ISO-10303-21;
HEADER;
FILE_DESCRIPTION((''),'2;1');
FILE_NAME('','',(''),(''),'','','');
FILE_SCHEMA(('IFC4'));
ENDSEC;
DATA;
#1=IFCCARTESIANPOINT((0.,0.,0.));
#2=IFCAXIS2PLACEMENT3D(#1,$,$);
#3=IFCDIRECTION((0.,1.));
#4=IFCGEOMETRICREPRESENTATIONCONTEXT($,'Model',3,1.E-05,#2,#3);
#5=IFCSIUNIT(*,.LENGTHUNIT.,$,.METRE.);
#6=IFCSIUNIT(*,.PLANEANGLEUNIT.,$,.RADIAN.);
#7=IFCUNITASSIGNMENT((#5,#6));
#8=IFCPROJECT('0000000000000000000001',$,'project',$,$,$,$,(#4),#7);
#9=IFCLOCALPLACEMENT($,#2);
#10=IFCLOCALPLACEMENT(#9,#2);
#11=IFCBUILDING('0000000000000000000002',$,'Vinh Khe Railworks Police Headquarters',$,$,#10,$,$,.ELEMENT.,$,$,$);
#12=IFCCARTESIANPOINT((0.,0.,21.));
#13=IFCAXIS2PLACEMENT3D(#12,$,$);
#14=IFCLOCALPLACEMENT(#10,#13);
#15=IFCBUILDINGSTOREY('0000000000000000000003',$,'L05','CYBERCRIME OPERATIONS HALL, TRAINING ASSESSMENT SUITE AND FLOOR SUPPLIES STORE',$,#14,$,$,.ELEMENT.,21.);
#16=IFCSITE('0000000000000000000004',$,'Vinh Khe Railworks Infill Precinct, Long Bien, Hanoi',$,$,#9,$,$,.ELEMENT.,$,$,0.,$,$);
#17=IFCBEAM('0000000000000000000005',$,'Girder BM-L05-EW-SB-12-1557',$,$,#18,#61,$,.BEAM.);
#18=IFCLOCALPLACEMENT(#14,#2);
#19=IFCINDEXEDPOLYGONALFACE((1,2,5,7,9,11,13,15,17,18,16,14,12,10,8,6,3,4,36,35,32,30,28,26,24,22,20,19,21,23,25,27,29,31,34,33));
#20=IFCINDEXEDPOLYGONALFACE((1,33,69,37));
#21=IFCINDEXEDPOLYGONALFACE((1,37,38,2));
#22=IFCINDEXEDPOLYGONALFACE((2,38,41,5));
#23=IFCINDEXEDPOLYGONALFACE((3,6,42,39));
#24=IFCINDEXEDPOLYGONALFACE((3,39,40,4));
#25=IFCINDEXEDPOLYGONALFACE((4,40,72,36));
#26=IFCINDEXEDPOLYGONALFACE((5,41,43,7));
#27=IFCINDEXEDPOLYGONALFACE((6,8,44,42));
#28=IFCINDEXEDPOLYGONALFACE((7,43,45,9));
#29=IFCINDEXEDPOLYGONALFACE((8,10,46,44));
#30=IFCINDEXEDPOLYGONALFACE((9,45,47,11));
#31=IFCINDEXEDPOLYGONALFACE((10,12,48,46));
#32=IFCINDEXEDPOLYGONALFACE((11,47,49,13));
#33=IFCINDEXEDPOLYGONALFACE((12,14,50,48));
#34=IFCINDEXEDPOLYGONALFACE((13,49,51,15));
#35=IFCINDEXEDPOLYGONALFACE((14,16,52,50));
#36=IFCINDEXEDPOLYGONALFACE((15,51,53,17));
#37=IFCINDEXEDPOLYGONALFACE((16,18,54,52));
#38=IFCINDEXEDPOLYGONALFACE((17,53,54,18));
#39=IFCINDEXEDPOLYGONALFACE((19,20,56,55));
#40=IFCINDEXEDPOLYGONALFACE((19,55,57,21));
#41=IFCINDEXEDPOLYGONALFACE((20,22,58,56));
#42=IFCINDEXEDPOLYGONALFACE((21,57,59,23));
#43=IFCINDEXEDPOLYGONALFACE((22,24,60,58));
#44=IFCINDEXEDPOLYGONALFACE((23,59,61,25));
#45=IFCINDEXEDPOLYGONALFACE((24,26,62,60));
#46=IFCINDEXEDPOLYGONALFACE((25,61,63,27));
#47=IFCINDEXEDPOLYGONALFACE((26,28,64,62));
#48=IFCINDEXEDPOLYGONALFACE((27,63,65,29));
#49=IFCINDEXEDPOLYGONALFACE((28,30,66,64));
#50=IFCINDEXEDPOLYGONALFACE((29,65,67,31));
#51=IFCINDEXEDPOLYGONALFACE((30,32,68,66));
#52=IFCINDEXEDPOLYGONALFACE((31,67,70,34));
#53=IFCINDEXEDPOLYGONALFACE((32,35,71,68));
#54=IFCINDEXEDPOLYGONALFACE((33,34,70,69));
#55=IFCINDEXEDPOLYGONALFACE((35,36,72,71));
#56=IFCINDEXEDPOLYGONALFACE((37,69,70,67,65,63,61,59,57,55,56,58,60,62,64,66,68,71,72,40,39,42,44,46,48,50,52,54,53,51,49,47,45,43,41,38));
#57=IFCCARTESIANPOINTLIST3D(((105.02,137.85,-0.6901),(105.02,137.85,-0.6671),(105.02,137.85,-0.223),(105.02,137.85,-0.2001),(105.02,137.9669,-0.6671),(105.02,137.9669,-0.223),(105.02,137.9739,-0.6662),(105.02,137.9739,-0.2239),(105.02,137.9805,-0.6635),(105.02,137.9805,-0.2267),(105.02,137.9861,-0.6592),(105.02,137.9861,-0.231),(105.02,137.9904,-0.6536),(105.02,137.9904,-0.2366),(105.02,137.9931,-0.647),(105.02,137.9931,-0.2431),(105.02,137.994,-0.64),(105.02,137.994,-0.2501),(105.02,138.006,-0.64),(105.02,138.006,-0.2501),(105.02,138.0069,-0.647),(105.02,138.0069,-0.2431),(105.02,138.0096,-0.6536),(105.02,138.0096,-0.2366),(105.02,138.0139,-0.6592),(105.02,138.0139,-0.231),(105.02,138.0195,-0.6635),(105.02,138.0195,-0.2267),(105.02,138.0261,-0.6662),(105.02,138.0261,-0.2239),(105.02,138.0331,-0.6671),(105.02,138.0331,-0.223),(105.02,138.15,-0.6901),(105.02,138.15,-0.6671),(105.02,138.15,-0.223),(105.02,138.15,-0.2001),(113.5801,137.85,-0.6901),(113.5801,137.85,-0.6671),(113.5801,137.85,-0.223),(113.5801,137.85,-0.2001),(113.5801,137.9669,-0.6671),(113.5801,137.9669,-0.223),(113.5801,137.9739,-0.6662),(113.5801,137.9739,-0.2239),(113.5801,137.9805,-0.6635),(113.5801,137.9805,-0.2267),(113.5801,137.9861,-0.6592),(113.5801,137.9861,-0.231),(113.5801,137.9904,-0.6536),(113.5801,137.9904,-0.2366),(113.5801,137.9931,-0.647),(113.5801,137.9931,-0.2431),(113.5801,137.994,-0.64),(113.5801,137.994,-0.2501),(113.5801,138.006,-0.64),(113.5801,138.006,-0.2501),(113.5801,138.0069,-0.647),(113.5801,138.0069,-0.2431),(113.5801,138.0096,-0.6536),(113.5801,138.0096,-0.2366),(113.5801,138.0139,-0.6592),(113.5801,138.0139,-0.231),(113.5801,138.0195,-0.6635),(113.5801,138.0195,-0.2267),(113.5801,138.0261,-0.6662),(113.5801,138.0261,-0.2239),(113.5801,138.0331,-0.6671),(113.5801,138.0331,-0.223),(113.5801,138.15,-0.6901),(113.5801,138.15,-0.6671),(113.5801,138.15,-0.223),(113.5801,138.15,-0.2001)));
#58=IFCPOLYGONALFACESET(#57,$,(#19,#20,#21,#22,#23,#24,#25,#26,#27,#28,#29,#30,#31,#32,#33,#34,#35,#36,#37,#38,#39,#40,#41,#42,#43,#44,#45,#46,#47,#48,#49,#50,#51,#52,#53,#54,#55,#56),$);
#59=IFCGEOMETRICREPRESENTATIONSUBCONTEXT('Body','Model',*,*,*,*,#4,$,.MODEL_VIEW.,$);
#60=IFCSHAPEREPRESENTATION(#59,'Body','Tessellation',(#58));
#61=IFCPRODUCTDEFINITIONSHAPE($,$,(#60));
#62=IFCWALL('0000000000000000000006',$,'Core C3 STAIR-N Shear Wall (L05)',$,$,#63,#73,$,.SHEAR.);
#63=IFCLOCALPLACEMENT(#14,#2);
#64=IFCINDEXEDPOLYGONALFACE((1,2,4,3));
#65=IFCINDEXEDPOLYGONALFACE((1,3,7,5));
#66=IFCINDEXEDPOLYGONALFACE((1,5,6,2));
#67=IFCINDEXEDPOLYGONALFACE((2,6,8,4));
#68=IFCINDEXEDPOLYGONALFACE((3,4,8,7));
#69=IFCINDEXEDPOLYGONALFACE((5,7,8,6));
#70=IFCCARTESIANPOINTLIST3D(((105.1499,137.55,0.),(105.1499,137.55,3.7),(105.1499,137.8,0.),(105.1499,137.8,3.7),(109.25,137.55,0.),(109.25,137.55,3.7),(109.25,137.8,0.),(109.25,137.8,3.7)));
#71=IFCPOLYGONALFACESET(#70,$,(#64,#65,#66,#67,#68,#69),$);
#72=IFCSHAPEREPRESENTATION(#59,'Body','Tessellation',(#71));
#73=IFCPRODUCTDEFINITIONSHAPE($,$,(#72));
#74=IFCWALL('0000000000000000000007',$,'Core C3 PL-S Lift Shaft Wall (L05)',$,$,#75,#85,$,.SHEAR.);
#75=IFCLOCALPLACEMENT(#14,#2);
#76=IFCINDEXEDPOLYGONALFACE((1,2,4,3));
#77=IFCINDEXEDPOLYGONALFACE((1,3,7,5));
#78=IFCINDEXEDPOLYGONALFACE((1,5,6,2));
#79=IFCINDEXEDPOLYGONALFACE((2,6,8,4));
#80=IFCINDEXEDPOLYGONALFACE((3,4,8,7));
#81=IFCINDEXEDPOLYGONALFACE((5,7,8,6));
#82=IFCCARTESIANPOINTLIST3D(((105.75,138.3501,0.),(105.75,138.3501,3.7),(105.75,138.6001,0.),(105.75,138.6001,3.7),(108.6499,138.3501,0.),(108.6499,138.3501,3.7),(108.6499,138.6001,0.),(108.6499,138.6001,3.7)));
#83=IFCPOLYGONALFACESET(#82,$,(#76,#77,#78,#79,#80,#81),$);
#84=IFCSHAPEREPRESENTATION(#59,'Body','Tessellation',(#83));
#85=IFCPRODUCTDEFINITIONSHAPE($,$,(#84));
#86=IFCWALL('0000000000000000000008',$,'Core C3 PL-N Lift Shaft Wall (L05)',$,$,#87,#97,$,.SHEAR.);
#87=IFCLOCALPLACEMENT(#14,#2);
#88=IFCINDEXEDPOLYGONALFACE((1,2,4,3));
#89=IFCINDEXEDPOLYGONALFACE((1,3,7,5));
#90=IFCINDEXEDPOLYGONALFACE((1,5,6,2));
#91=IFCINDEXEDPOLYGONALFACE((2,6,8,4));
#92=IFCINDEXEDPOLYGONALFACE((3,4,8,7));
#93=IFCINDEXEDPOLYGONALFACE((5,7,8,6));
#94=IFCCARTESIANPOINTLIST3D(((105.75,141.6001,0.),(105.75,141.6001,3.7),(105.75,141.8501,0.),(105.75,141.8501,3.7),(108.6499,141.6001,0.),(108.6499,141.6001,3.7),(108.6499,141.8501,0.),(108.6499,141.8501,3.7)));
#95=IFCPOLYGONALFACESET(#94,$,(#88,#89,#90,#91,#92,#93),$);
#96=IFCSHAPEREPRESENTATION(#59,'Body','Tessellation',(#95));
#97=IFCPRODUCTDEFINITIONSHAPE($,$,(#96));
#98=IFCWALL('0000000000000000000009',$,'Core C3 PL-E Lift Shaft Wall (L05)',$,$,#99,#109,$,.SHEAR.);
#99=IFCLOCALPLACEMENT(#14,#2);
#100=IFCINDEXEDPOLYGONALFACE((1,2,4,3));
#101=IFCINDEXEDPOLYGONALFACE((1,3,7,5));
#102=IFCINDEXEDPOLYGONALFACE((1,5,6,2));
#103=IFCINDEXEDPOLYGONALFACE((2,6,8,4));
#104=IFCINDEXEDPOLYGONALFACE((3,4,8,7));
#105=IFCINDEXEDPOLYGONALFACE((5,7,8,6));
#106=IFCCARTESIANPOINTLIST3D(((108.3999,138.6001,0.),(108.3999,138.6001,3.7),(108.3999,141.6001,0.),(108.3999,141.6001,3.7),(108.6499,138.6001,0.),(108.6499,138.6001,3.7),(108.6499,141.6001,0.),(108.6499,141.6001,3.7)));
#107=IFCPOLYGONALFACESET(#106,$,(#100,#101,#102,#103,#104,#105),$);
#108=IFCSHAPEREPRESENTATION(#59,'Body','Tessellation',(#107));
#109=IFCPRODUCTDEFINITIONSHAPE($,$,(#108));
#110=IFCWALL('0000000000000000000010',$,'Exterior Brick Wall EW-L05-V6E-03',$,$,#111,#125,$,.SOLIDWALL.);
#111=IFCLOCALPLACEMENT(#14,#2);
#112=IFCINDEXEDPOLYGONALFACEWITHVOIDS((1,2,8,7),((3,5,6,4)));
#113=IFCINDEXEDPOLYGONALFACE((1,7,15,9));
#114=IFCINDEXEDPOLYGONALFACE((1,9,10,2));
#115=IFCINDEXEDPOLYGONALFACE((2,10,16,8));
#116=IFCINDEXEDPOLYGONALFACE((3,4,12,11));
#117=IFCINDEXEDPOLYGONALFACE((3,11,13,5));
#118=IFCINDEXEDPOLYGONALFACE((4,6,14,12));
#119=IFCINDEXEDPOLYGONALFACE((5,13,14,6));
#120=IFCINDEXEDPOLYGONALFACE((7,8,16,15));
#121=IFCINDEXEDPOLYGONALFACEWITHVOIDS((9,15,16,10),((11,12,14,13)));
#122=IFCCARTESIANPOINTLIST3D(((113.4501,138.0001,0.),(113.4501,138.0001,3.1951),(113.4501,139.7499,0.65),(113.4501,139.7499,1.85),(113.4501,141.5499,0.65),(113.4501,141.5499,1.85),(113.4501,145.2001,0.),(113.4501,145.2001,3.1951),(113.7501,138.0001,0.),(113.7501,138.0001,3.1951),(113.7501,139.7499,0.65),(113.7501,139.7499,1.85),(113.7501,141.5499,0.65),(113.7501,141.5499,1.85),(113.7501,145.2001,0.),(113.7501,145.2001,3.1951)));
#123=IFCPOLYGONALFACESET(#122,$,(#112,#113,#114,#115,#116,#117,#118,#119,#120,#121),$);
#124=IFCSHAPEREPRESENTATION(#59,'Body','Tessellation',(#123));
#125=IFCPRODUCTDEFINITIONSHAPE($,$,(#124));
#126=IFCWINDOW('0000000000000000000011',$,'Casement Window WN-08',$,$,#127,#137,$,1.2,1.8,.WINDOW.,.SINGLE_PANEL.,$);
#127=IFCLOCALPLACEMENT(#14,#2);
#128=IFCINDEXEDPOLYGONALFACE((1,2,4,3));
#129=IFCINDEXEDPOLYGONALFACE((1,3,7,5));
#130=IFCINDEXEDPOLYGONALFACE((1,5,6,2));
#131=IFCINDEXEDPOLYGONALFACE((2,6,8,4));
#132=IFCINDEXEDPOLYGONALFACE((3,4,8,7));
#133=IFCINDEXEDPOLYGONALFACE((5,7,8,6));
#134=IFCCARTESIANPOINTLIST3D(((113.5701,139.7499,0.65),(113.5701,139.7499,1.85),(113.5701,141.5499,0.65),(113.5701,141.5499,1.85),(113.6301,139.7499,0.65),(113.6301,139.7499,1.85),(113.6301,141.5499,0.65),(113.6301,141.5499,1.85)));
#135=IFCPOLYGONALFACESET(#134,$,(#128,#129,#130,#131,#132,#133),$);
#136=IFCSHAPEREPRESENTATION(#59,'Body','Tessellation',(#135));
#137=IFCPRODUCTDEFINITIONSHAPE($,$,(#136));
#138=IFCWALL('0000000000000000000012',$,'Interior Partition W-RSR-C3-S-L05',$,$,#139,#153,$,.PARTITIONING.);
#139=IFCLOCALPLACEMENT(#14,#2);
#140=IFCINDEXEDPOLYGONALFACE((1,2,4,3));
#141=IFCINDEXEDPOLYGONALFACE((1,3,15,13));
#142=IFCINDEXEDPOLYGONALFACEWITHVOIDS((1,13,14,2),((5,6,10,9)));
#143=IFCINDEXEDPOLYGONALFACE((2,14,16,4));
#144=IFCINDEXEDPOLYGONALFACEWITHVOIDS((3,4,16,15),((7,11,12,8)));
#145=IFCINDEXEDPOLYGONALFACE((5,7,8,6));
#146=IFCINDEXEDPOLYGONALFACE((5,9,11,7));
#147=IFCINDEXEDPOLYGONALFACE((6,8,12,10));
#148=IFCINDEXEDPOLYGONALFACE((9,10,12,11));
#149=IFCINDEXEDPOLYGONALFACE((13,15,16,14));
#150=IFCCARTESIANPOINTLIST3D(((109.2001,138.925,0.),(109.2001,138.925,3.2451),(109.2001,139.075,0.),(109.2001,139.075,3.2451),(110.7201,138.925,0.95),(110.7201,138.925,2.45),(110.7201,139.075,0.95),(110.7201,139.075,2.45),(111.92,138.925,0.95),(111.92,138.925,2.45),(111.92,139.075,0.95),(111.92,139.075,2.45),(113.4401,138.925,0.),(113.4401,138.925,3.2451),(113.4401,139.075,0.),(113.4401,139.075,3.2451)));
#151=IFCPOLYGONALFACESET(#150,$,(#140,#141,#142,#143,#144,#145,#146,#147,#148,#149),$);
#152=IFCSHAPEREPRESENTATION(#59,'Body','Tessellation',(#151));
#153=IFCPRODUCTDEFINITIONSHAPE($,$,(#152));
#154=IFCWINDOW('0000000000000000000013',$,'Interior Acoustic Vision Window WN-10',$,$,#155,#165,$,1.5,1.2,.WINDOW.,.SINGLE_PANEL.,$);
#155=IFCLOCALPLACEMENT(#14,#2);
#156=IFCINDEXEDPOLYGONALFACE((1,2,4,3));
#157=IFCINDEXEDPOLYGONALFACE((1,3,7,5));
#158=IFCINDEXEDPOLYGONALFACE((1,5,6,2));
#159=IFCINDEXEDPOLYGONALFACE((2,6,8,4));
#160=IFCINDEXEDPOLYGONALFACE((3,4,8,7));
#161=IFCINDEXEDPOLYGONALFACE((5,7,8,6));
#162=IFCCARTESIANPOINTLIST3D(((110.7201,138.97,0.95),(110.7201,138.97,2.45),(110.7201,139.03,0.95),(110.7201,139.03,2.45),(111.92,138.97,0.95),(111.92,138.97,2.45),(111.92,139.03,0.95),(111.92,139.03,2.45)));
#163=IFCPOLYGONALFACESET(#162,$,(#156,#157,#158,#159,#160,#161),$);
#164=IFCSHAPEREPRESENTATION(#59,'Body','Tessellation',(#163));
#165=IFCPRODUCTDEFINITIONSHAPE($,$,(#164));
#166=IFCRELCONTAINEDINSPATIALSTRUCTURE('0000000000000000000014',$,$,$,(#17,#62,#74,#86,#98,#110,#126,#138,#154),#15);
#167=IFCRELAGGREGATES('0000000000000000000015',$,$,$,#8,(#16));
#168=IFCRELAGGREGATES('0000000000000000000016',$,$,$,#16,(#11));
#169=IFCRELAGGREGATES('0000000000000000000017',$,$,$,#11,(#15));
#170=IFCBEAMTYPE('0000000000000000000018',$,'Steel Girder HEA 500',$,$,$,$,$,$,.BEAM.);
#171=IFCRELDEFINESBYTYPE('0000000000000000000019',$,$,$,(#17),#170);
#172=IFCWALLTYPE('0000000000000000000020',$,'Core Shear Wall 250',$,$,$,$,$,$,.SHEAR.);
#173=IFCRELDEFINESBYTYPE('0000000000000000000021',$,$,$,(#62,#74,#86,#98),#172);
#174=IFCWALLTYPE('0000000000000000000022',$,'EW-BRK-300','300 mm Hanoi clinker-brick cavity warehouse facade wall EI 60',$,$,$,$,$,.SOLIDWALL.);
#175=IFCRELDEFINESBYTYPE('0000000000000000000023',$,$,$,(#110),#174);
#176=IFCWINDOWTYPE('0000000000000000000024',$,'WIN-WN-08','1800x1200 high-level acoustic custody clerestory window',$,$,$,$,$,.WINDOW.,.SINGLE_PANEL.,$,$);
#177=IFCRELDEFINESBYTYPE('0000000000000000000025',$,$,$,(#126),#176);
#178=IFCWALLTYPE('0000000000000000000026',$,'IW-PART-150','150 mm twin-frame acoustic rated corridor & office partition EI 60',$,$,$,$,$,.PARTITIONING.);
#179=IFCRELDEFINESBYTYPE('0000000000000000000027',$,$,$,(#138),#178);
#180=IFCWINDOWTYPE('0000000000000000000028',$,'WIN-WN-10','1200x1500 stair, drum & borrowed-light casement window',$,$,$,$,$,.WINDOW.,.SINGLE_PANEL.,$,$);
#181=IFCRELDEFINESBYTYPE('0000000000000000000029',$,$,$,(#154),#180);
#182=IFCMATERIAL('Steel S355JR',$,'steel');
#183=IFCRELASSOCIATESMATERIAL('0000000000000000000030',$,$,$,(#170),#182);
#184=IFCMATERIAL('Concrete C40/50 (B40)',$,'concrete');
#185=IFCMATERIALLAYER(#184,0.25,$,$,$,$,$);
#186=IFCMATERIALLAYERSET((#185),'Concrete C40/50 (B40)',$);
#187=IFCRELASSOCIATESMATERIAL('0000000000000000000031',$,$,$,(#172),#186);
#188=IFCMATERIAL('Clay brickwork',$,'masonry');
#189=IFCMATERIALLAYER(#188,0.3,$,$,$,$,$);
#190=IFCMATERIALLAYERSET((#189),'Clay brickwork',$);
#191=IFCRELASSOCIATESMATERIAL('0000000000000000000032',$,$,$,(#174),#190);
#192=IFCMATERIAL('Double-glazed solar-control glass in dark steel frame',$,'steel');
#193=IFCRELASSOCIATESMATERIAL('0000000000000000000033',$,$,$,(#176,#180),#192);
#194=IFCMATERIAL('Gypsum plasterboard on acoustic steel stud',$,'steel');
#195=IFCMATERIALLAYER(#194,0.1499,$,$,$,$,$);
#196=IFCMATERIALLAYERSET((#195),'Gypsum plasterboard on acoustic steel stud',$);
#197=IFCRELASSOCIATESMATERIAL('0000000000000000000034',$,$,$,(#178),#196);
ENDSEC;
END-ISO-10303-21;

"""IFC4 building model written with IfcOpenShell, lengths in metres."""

from ifc_helpers import new_model, si_unit, direction, frame, frame_2d, origin, origin_2d, place, context, subcontext, project, spatial, rectangle, i_section, extrude, material, layer, layer_set, material_profile, profile_set, type_object, element, fill, save


model = new_model("IFC4")

# Units and contexts
model_context = context("Model", 3, precision=1e-05, world=origin(), true_north=direction((0.0, 1.0)))
body_context = subcontext(model_context, "Body", "Model", "MODEL_VIEW")
ifc_project = project(units=[si_unit("LENGTHUNIT", "METRE"), si_unit("PLANEANGLEUNIT", "RADIAN")], contexts=[model_context])

# Site, building, storey
site_placement = place(None, origin())
site = spatial("IfcSite", under=ifc_project, at=site_placement, Name="Vinh Khe Railworks Infill Precinct, Long Bien, Hanoi", CompositionType="ELEMENT", RefElevation=0.0)
building_placement = place(site_placement, origin())
building = spatial("IfcBuilding", under=site, at=building_placement, Name="Vinh Khe Railworks Police Headquarters", CompositionType="ELEMENT")
storey_placement = place(building_placement, frame((0.0, 0.0, 21.0)))
storey = spatial("IfcBuildingStorey", under=building, at=storey_placement, Name="L05", Description="CYBERCRIME OPERATIONS HALL, TRAINING ASSESSMENT SUITE AND FLOOR SUPPLIES STORE", CompositionType="ELEMENT", Elevation=21.0)

# Shared definitions
ifc_material_1 = material(Name="Steel S355JR", Category="steel")

# Beam
ifc_material_profile_1 = material_profile(ifc_material_1, i_section(OverallWidth=0.3, OverallDepth=0.49, WebThickness=0.012, FlangeThickness=0.0229, FilletRadius=0.0271, at=origin_2d()), Name="HEA 500")
ifc_profile_set_1 = profile_set([ifc_material_profile_1], Name="Steel S355JR")
beam_type_1 = type_object("IfcBeamType", Name="Steel Girder HEA 500", PredefinedType="BEAM", material=ifc_profile_set_1)
beam_1_placement = place(storey_placement, frame((105.02, 138.0, -0.4451), z_axis=(1.0, 0.0, 0.0), x_axis=(0.0, 1.0, 0.0)))
element("IfcBeam", 1, at=beam_1_placement, inside=storey, type_object=beam_type_1, Name="Girder BM-L05-EW-SB-12-1557", PredefinedType="BEAM", context=body_context, shape_type="SweptSolid", body=[
    extrude(i_section(OverallWidth=0.3, OverallDepth=0.49, WebThickness=0.012, FlangeThickness=0.0229, FilletRadius=0.0271, at=origin_2d()), origin(), (0.0, 0.0, 1.0), 8.5601),
])

# Walls
ifc_material_2 = material(Name="Concrete C40/50 (B40)", Category="concrete")
ifc_layer_1 = layer(ifc_material_2, 0.25)
ifc_layer_set_1 = layer_set([ifc_layer_1], Name="Concrete C40/50 (B40)")
wall_type_1 = type_object("IfcWallType", Name="Core Shear Wall 250", PredefinedType="SHEAR", material=ifc_layer_set_1)
wall_1_placement = place(storey_placement, frame((105.1499, 137.675, 0.0), z_axis=(0.0, 0.0, 1.0), x_axis=(1.0, 0.0, 0.0)))
element("IfcWall", 2, at=wall_1_placement, inside=storey, type_object=wall_type_1, Name="Core C3 STAIR-N Shear Wall (L05)", PredefinedType="SHEAR", context=body_context, shape_type="SweptSolid", body=[
    extrude(rectangle(XDim=4.1001, YDim=0.25, at=frame_2d((2.05, 0.0))), origin(), (0.0, 0.0, 1.0), 3.7),
])
for number, where, z_axis, x_axis, name in (
    (3, (105.75, 138.4751, 0.0), (0.0, 0.0, 1.0), (1.0, 0.0, 0.0), "Core C3 PL-S Lift Shaft Wall (L05)"),
    (4, (105.75, 141.7251, 0.0), (0.0, 0.0, 1.0), (1.0, 0.0, 0.0), "Core C3 PL-N Lift Shaft Wall (L05)"),
):
    element("IfcWall", number, at=place(storey_placement, frame(where, z_axis=z_axis, x_axis=x_axis)), inside=storey, type_object=wall_type_1, Name=name, PredefinedType="SHEAR", context=body_context, shape_type="SweptSolid", body=[
        extrude(rectangle(XDim=2.8999, YDim=0.25, at=frame_2d((1.45, 0.0))), origin(), (0.0, 0.0, 1.0), 3.7),
    ])

# Wall
wall_2_placement = place(storey_placement, frame((108.5249, 138.6001, 0.0), z_axis=(0.0, 0.0, 1.0), x_axis=(0.0, 1.0, 0.0)))
element("IfcWall", 5, at=wall_2_placement, inside=storey, type_object=wall_type_1, Name="Core C3 PL-E Lift Shaft Wall (L05)", PredefinedType="SHEAR", context=body_context, shape_type="SweptSolid", body=[
    extrude(rectangle(XDim=3.0, YDim=0.25, at=frame_2d((1.5, 0.0))), origin(), (0.0, 0.0, 1.0), 3.7),
])

# Walls, openings, windows
ifc_material_3 = material(Name="Clay brickwork", Category="masonry")
ifc_layer_2 = layer(ifc_material_3, 0.3)
ifc_layer_set_2 = layer_set([ifc_layer_2], Name="Clay brickwork")
wall_type_2 = type_object("IfcWallType", Name="EW-BRK-300", Description="300 mm Hanoi clinker-brick cavity warehouse facade wall EI 60", PredefinedType="SOLIDWALL", material=ifc_layer_set_2)
wall_3_placement = place(storey_placement, frame((113.6001, 138.0, 0.0), z_axis=(0.0, 0.0, 1.0), x_axis=(0.0, 1.0, 0.0)))
wall_3 = element("IfcWall", 6, at=wall_3_placement, inside=storey, type_object=wall_type_2, Name="Exterior Brick Wall EW-L05-V6E-03", PredefinedType="SOLIDWALL", context=body_context, shape_type="SweptSolid", body=[
    extrude(rectangle(XDim=7.2, YDim=0.3, at=frame_2d((3.6001, 0.0))), origin(), (0.0, 0.0, 1.0), 3.1951),
])
opening_1_placement = place(wall_3_placement, frame((1.75, 0.0, 0.6499)))
opening_1 = element("IfcOpeningElement", 7, at=opening_1_placement, cuts=wall_3, PredefinedType="OPENING", context=body_context, shape_type="SweptSolid", body=[
    extrude(rectangle(XDim=1.8, YDim=1.2, at=frame_2d((0.8999, 0.6001))), frame((0.0, 0.165, 0.0), z_axis=(0.0, -1.0, 0.0), x_axis=(1.0, 0.0, 0.0)), (0.0, 0.0, 1.0), 0.3298),
])
ifc_material_4 = material(Name="Double-glazed solar-control glass in dark steel frame", Category="steel")
window_type_1 = type_object("IfcWindowType", Name="WIN-WN-08", Description="1800x1200 high-level acoustic custody clerestory window", PartitioningType="SINGLE_PANEL", PredefinedType="WINDOW", material=ifc_material_4)
window_1_placement = place(opening_1_placement, origin())
window_1 = element("IfcWindow", 8, at=window_1_placement, inside=storey, type_object=window_type_1, Name="Casement Window WN-08", OverallHeight=1.2, OverallWidth=1.8, PartitioningType="SINGLE_PANEL", PredefinedType="WINDOW", context=body_context, shape_type="SweptSolid", body=[
    extrude(rectangle(XDim=1.8, YDim=1.2, at=frame_2d((0.8999, 0.6001))), frame((0.0, 0.03, 0.0), z_axis=(0.0, -1.0, 0.0), x_axis=(1.0, 0.0, 0.0)), (0.0, 0.0, 1.0), 0.0601),
])
fill(opening_1, window_1)
ifc_material_5 = material(Name="Gypsum plasterboard on acoustic steel stud", Category="steel")
ifc_layer_3 = layer(ifc_material_5, 0.1499)
ifc_layer_set_3 = layer_set([ifc_layer_3], Name="Gypsum plasterboard on acoustic steel stud")
wall_type_3 = type_object("IfcWallType", Name="IW-PART-150", Description="150 mm twin-frame acoustic rated corridor & office partition EI 60", PredefinedType="PARTITIONING", material=ifc_layer_set_3)
wall_4_placement = place(storey_placement, frame((109.2, 139.0, 0.0), z_axis=(0.0, 0.0, 1.0), x_axis=(1.0, 0.0, 0.0)))
wall_4 = element("IfcWall", 9, at=wall_4_placement, inside=storey, type_object=wall_type_3, Name="Interior Partition W-RSR-C3-S-L05", PredefinedType="PARTITIONING", context=body_context, shape_type="SweptSolid", body=[
    extrude(rectangle(XDim=4.24, YDim=0.1499, at=frame_2d((2.1201, 0.0))), origin(), (0.0, 0.0, 1.0), 3.2451),
])
opening_2_placement = place(wall_4_placement, frame((1.52, 0.0, 0.95)))
opening_2 = element("IfcOpeningElement", 10, at=opening_2_placement, cuts=wall_4, PredefinedType="OPENING", context=body_context, shape_type="SweptSolid", body=[
    extrude(rectangle(XDim=1.2, YDim=1.5, at=frame_2d((0.6001, 0.75))), frame((0.0, 0.0898, 0.0), z_axis=(0.0, -1.0, 0.0), x_axis=(1.0, 0.0, 0.0)), (0.0, 0.0, 1.0), 0.1797),
])
window_type_2 = type_object("IfcWindowType", Name="WIN-WN-10", Description="1200x1500 stair, drum & borrowed-light casement window", PartitioningType="SINGLE_PANEL", PredefinedType="WINDOW", material=ifc_material_4)
window_2_placement = place(opening_2_placement, origin())
window_2 = element("IfcWindow", 11, at=window_2_placement, inside=storey, type_object=window_type_2, Name="Interior Acoustic Vision Window WN-10", OverallHeight=1.5, OverallWidth=1.2, PartitioningType="SINGLE_PANEL", PredefinedType="WINDOW", context=body_context, shape_type="SweptSolid", body=[
    extrude(rectangle(XDim=1.2, YDim=1.5, at=frame_2d((0.6001, 0.75))), frame((0.0, 0.03, 0.0), z_axis=(0.0, -1.0, 0.0), x_axis=(1.0, 0.0, 0.0)), (0.0, 0.0, 1.0), 0.0601),
])
fill(opening_2, window_2)

save(model, "model.ifc")
